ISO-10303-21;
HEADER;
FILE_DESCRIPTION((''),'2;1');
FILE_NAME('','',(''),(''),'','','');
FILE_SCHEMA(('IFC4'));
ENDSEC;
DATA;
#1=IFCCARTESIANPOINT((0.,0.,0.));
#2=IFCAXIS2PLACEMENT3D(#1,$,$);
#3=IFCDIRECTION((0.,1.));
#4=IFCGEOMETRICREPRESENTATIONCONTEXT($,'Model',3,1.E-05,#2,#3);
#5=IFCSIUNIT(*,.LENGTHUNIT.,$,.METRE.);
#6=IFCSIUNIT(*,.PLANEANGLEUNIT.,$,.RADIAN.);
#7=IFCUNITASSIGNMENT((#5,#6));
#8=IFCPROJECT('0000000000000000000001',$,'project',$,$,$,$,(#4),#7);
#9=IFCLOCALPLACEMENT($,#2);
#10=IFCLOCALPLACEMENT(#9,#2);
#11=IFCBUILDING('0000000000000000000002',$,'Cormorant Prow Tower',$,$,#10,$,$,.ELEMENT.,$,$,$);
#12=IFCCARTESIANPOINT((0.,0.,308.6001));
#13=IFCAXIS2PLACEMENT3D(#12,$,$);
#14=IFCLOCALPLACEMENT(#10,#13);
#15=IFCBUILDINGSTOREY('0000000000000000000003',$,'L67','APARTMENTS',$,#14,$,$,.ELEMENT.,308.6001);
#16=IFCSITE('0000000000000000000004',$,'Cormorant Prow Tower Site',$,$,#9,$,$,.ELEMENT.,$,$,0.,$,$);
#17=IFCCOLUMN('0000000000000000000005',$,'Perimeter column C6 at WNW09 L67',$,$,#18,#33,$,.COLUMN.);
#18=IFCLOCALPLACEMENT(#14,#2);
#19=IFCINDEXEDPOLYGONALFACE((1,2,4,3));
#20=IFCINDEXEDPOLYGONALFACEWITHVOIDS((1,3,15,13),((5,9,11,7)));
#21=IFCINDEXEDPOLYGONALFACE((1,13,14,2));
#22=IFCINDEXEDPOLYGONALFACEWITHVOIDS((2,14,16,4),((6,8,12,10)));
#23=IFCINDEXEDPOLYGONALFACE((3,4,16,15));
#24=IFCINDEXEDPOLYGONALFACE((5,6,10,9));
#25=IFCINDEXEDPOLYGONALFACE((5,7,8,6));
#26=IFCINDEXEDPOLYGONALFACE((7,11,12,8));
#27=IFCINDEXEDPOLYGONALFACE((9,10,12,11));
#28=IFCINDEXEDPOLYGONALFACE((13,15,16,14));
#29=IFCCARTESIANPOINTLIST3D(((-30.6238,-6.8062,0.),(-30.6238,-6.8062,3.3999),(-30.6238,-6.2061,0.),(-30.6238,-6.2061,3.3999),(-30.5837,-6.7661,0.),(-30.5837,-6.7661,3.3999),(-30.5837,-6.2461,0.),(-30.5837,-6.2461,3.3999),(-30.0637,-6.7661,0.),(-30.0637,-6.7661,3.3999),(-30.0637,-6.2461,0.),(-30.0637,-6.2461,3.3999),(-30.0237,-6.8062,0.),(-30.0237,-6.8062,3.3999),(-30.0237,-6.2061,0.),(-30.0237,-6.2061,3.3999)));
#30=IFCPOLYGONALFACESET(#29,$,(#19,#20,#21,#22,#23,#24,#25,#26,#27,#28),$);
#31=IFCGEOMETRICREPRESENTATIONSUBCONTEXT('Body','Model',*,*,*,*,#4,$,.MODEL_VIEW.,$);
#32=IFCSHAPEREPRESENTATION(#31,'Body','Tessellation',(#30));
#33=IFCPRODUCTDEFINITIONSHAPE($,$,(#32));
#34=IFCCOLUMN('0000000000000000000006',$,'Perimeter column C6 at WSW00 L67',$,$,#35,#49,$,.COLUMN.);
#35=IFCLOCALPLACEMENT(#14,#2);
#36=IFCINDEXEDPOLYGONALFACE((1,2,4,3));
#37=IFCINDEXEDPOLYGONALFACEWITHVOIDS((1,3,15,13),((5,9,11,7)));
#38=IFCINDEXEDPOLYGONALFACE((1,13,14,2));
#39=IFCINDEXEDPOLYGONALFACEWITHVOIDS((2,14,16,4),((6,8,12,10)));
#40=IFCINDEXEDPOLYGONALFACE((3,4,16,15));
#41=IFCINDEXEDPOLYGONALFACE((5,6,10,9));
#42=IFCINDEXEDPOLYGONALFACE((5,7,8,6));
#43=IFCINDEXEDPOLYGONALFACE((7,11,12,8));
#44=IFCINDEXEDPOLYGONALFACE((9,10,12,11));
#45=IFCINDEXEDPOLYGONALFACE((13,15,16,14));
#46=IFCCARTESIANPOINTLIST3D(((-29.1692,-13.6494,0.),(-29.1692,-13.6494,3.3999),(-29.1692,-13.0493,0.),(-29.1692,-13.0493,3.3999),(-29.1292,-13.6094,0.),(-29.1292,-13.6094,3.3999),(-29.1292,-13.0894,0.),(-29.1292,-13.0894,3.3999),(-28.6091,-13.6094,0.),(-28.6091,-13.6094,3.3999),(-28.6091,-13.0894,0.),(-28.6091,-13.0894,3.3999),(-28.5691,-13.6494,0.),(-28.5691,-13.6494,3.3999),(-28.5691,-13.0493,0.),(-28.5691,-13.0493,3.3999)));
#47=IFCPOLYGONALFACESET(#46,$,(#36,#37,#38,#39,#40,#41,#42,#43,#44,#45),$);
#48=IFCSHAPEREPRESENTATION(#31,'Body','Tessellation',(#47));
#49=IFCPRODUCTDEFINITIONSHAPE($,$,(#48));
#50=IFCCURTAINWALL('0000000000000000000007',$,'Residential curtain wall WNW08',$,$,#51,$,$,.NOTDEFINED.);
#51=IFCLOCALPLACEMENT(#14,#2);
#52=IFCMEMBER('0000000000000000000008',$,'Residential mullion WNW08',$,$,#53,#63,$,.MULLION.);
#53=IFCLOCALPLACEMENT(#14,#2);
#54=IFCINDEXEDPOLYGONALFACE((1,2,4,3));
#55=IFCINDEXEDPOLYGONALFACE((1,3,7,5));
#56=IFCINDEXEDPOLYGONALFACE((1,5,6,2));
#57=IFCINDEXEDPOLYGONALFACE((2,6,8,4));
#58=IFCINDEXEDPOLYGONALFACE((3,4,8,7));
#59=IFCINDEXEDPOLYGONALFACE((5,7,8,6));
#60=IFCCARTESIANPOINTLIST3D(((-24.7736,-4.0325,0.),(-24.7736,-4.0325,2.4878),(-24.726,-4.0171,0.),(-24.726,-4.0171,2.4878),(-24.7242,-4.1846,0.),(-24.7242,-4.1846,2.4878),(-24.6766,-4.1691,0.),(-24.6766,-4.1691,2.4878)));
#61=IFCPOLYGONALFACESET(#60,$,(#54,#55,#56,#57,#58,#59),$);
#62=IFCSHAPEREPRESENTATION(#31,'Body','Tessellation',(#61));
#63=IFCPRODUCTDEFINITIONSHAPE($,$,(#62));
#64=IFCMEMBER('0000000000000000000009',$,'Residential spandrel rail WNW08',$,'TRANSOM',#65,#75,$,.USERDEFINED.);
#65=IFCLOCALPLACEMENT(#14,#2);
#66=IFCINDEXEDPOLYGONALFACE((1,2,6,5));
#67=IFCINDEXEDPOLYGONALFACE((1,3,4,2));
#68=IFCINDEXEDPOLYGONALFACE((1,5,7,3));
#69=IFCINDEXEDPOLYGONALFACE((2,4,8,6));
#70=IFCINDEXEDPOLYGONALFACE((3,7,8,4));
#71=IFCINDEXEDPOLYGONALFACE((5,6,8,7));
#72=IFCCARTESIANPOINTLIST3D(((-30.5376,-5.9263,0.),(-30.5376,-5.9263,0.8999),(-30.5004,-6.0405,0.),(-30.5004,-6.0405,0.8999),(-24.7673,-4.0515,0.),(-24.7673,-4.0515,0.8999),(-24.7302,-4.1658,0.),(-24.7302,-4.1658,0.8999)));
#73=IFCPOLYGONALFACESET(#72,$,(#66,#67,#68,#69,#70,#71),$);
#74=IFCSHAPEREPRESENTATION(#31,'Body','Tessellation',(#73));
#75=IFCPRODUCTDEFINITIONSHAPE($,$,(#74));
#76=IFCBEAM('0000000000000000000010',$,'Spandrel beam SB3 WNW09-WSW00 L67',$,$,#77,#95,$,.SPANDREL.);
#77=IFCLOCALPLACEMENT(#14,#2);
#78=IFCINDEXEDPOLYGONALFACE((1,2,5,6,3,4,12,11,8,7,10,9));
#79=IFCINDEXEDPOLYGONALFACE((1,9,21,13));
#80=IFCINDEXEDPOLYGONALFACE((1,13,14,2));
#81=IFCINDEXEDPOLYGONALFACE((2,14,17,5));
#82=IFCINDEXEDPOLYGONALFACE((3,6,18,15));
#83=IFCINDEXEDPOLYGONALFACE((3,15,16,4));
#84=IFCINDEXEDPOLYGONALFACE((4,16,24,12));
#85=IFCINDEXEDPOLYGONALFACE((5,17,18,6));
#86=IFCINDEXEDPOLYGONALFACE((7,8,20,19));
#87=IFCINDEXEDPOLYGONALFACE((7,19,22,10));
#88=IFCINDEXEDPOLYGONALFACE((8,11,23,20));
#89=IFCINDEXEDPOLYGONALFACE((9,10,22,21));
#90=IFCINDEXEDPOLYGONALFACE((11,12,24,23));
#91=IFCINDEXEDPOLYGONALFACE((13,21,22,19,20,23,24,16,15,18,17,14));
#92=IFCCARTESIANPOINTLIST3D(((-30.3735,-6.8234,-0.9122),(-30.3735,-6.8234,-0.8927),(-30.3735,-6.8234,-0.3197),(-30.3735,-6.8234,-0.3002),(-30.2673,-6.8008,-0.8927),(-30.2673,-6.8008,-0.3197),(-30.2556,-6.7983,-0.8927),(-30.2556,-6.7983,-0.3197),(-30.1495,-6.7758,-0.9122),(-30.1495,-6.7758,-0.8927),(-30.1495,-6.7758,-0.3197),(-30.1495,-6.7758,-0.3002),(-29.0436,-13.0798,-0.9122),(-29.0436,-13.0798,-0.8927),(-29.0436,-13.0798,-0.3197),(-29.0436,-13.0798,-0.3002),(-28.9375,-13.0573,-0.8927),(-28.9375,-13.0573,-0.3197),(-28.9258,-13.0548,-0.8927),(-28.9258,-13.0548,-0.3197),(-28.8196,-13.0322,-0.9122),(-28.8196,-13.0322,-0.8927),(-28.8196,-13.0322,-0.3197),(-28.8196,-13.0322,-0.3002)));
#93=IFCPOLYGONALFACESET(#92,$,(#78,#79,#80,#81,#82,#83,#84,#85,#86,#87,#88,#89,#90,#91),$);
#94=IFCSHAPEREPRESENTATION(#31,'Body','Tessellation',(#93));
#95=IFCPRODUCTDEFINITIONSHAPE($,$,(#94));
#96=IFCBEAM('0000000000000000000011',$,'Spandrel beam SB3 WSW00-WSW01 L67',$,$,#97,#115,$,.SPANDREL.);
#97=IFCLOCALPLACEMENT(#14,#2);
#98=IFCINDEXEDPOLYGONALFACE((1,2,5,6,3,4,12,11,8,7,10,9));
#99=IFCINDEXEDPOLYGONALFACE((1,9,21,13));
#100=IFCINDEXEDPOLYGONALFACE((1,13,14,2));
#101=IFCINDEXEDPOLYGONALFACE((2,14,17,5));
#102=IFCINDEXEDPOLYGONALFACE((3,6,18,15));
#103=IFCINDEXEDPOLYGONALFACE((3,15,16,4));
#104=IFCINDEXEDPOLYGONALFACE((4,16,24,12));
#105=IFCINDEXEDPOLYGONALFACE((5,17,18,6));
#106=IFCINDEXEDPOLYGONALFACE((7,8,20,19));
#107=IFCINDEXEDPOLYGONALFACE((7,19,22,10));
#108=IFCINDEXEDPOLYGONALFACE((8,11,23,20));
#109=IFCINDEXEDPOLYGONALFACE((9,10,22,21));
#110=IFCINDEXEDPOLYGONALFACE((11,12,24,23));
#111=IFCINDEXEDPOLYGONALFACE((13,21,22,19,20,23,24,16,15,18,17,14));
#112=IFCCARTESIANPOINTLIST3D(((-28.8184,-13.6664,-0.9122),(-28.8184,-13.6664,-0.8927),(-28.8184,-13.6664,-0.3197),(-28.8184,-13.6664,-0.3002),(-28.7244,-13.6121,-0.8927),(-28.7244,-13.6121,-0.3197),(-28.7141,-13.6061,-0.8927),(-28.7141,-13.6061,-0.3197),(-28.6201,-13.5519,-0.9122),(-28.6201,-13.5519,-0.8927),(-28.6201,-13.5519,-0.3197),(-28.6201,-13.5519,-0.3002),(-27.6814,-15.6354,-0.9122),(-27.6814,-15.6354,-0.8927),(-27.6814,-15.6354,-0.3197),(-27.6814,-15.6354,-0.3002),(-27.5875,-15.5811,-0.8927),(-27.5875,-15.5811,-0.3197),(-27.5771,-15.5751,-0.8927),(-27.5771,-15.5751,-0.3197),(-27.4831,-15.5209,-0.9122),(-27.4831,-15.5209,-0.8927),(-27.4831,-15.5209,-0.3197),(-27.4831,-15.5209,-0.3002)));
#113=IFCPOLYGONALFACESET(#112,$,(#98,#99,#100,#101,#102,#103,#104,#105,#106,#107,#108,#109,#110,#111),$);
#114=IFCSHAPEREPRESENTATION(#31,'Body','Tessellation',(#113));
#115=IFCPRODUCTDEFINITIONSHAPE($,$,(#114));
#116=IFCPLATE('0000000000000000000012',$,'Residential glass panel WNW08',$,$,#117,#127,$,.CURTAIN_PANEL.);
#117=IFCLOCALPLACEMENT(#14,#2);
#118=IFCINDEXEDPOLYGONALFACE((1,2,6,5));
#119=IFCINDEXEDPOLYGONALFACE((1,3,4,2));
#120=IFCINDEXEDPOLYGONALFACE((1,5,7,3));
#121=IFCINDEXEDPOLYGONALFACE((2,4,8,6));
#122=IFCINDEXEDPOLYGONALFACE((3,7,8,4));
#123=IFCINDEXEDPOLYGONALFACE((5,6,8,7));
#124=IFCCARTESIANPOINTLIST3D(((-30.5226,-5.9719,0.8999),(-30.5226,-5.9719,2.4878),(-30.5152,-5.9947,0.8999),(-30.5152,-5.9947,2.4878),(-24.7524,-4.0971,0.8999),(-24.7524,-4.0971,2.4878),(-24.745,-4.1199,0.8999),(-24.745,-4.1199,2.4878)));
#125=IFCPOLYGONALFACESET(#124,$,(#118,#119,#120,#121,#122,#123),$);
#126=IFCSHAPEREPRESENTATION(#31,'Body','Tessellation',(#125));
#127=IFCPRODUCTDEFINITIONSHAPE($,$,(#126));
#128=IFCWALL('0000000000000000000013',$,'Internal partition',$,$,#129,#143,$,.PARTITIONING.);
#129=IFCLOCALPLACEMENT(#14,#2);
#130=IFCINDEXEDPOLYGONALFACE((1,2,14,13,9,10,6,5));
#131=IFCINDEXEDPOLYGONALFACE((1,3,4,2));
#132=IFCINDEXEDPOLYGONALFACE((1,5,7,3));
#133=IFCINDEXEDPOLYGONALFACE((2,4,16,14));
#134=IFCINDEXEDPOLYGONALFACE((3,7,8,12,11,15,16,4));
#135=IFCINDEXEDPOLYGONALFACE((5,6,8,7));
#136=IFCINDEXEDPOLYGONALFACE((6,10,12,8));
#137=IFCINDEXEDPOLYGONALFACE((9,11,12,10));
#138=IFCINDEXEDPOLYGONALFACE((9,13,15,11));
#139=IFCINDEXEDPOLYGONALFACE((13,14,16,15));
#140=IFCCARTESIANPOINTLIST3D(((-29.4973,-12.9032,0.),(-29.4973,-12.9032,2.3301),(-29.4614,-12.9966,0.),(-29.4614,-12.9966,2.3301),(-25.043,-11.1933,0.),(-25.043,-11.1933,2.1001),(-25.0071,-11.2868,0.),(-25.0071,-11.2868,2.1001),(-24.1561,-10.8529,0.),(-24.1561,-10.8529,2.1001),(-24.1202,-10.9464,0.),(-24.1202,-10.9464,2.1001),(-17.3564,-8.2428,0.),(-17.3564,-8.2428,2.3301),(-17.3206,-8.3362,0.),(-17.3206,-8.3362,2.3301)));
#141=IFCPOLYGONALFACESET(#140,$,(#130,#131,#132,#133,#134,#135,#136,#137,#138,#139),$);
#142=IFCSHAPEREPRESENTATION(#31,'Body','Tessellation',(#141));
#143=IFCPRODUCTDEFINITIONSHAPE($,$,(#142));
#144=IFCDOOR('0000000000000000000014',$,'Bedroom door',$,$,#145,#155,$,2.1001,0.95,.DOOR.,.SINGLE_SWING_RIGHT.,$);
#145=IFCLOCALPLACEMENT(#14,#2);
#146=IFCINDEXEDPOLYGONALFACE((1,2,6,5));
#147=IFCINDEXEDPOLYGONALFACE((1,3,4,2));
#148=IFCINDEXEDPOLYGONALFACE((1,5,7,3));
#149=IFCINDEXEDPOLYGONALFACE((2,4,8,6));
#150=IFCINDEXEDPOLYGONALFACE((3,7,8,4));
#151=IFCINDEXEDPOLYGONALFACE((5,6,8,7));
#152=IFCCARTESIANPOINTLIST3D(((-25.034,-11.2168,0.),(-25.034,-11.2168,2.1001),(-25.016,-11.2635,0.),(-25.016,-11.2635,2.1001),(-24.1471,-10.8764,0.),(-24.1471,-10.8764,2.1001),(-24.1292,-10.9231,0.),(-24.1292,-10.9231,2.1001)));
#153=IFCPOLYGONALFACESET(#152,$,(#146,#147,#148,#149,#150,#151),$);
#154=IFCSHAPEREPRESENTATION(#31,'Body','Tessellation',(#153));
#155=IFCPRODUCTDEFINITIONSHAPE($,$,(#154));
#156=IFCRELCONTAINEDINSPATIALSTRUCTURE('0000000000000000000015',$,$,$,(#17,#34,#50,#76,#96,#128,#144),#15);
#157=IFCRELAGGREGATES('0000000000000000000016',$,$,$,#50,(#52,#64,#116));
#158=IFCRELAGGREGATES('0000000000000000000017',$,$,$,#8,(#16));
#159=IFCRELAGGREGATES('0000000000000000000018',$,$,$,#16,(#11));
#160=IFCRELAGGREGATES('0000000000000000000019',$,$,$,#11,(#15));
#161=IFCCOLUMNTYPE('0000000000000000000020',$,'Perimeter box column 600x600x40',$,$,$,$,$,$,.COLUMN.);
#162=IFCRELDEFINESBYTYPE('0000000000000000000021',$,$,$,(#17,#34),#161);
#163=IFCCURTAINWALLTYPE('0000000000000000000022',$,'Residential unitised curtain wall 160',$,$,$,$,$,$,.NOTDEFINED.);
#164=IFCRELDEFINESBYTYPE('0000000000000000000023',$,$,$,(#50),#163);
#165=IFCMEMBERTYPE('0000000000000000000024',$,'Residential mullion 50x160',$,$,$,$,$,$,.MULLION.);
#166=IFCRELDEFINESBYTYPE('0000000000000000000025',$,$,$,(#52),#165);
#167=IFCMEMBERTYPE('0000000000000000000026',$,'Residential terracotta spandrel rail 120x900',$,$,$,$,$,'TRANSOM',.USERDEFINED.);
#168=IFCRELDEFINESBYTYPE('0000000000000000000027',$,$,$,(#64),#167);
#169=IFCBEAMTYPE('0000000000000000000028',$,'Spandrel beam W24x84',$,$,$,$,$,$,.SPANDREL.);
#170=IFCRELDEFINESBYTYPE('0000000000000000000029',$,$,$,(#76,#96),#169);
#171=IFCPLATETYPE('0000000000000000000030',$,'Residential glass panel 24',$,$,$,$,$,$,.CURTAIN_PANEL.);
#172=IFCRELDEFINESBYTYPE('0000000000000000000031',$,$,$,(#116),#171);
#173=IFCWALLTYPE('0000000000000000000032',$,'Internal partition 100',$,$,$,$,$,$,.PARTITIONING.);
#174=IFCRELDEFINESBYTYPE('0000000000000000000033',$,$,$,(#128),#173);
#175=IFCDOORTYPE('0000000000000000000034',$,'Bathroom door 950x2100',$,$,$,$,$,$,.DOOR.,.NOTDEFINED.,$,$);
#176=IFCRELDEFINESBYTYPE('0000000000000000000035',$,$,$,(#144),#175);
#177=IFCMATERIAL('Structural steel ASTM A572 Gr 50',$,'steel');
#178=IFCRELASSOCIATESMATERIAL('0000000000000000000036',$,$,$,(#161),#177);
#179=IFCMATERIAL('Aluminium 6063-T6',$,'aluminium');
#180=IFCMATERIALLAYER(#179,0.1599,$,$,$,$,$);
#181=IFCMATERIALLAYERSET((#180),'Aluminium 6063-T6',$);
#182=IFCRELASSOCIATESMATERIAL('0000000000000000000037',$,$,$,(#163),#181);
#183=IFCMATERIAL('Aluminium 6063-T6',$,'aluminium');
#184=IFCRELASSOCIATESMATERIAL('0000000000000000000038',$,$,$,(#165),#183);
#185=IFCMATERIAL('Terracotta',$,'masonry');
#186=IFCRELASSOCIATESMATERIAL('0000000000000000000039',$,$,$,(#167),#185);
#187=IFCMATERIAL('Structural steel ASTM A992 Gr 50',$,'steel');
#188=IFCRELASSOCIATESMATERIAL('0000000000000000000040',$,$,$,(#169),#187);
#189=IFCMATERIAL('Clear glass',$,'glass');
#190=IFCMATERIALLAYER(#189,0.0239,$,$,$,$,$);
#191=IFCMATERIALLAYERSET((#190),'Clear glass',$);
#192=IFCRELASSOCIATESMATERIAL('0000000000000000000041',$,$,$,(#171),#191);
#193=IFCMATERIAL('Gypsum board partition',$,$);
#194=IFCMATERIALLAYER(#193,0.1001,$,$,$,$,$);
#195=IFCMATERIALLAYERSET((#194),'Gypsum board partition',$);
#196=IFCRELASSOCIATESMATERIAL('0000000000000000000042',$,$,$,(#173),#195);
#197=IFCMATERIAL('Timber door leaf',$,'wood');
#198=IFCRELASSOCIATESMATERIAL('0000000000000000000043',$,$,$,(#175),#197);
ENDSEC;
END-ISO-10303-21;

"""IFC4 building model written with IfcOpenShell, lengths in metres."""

from ifc_helpers import new_model, si_unit, direction, frame, frame_2d, origin, origin_2d, place, context, subcontext, project, spatial, rectangle, hollow_rectangle, i_section, extrude, material, layer, layer_set, material_profile, profile_set, type_object, element, fill, aggregate, save


model = new_model("IFC4")

# Units and contexts
model_context = context("Model", 3, precision=1e-05, world=origin(), true_north=direction((0.0, 1.0)))
body_context = subcontext(model_context, "Body", "Model", "MODEL_VIEW")
ifc_project = project(units=[si_unit("LENGTHUNIT", "METRE"), si_unit("PLANEANGLEUNIT", "RADIAN")], contexts=[model_context])

# Site, building, storey
site_placement = place(None, origin())
site = spatial("IfcSite", under=ifc_project, at=site_placement, Name="Cormorant Prow Tower Site", CompositionType="ELEMENT", RefElevation=0.0)
building_placement = place(site_placement, origin())
building = spatial("IfcBuilding", under=site, at=building_placement, Name="Cormorant Prow Tower", CompositionType="ELEMENT")
storey_placement = place(building_placement, frame((0.0, 0.0, 308.6001)))
storey = spatial("IfcBuildingStorey", under=building, at=storey_placement, Name="L67", Description="APARTMENTS", CompositionType="ELEMENT", Elevation=308.6001)

# Columns
ifc_material_1 = material(Name="Structural steel ASTM A572 Gr 50", Category="steel")
ifc_material_profile_1 = material_profile(ifc_material_1, hollow_rectangle(XDim=0.6001, YDim=0.6001, WallThickness=0.04, at=origin_2d()), Name="Box 600x600x40")
ifc_profile_set_1 = profile_set([ifc_material_profile_1], Name="Structural steel ASTM A572 Gr 50")
column_type = type_object("IfcColumnType", Name="Perimeter box column 600x600x40", PredefinedType="COLUMN", material=ifc_profile_set_1)
for number, where, z_axis, x_axis, name in (
    (1, (-30.3237, -6.5061, 0.0), (0.0, 0.0, 1.0), (1.0, 0.0, 0.0), "Perimeter column C6 at WNW09 L67"),
    (2, (-28.8691, -13.3494, 0.0), (0.0, 0.0, 1.0), (1.0, 0.0, 0.0), "Perimeter column C6 at WSW00 L67"),
):
    element("IfcColumn", number, at=place(storey_placement, frame(where, z_axis=z_axis, x_axis=x_axis)), inside=storey, type_object=column_type, Name=name, PredefinedType="COLUMN", context=body_context, shape_type="SweptSolid", body=[
        extrude(hollow_rectangle(XDim=0.6001, YDim=0.6001, WallThickness=0.04, at=origin_2d()), origin(), (0.0, 0.0, 1.0), 3.3999),
    ])

# Curtain wall, members
ifc_material_2 = material(Name="Aluminium 6063-T6", Category="aluminium")
ifc_layer_1 = layer(ifc_material_2, 0.1599)
ifc_layer_set_1 = layer_set([ifc_layer_1], Name="Aluminium 6063-T6")
curtain_wall_type = type_object("IfcCurtainWallType", Name="Residential unitised curtain wall 160", PredefinedType="NOTDEFINED", material=ifc_layer_set_1)
curtain_wall_placement = place(storey_placement, origin())
curtain_wall = element("IfcCurtainWall", 3, at=curtain_wall_placement, inside=storey, type_object=curtain_wall_type, Name="Residential curtain wall WNW08", PredefinedType="NOTDEFINED")
ifc_material_3 = material(Name="Aluminium 6063-T6", Category="aluminium")
ifc_material_profile_2 = material_profile(ifc_material_3, rectangle(XDim=0.1599, YDim=0.05, at=origin_2d()), Name="Residential mullion 50x160")
ifc_profile_set_2 = profile_set([ifc_material_profile_2], Name="Aluminium 6063-T6")
member_type_1 = type_object("IfcMemberType", Name="Residential mullion 50x160", PredefinedType="MULLION", material=ifc_profile_set_2)
member_1_placement = place(storey_placement, frame((-24.7251, -4.1008, 0.0), z_axis=(0.0, 0.0, 1.0), x_axis=(0.309017, -0.951057, 0.0)))
member_1 = element("IfcMember", 4, at=member_1_placement, type_object=member_type_1, Name="Residential mullion WNW08", PredefinedType="MULLION", context=body_context, shape_type="SweptSolid", body=[
    extrude(rectangle(XDim=0.1599, YDim=0.05, at=origin_2d()), origin(), (0.0, 0.0, 1.0), 2.4878),
])
ifc_material_4 = material(Name="Terracotta", Category="masonry")
ifc_material_profile_3 = material_profile(ifc_material_4, rectangle(XDim=0.1201, YDim=0.8999, at=origin_2d()), Name="Residential terracotta spandrel rail 120x900")
ifc_profile_set_3 = profile_set([ifc_material_profile_3], Name="Terracotta")
member_type_2 = type_object("IfcMemberType", Name="Residential terracotta spandrel rail 120x900", ElementType="TRANSOM", PredefinedType="USERDEFINED", material=ifc_profile_set_3)
member_2_placement = place(storey_placement, frame((-24.7488, -4.1086, 0.45), z_axis=(-0.951062, -0.309, 0.0), x_axis=(0.309, -0.951062, 0.0)))
member_2 = element("IfcMember", 5, at=member_2_placement, type_object=member_type_2, Name="Residential spandrel rail WNW08", ObjectType="TRANSOM", PredefinedType="USERDEFINED", context=body_context, shape_type="SweptSolid", body=[
    extrude(rectangle(XDim=0.1201, YDim=0.8999, at=origin_2d()), origin(), (0.0, 0.0, 1.0), 6.0671),
])

# Beams
ifc_material_5 = material(Name="Structural steel ASTM A992 Gr 50", Category="steel")
ifc_material_profile_4 = material_profile(ifc_material_5, i_section(OverallWidth=0.229, OverallDepth=0.6121, WebThickness=0.012, FlangeThickness=0.0195, at=origin_2d()), Name="W24x84")
ifc_profile_set_4 = profile_set([ifc_material_profile_4], Name="Structural steel ASTM A992 Gr 50")
beam_type = type_object("IfcBeamType", Name="Spandrel beam W24x84", PredefinedType="SPANDREL", material=ifc_profile_set_4)
beam_1_placement = place(storey_placement, frame((-30.2615, -6.7996, -0.6062), z_axis=(0.207913, -0.978147, 0.0), x_axis=(0.978147, 0.207913, 0.0)))
element("IfcBeam", 6, at=beam_1_placement, inside=storey, type_object=beam_type, Name="Spandrel beam SB3 WNW09-WSW00 L67", PredefinedType="SPANDREL", context=body_context, shape_type="SweptSolid", body=[
    extrude(i_section(OverallWidth=0.229, OverallDepth=0.6121, WebThickness=0.012, FlangeThickness=0.0195, at=origin_2d()), origin(), (0.0, 0.0, 1.0), 6.3962),
])
beam_2_placement = place(storey_placement, frame((-28.7192, -13.6091, -0.6062), z_axis=(0.500054, -0.865994, 0.0), x_axis=(0.865994, 0.500054, 0.0)))
element("IfcBeam", 7, at=beam_2_placement, inside=storey, type_object=beam_type, Name="Spandrel beam SB3 WSW00-WSW01 L67", PredefinedType="SPANDREL", context=body_context, shape_type="SweptSolid", body=[
    extrude(i_section(OverallWidth=0.229, OverallDepth=0.6121, WebThickness=0.012, FlangeThickness=0.0195, at=origin_2d()), origin(), (0.0, 0.0, 1.0), 2.2737),
])

# Plate
ifc_material_6 = material(Name="Clear glass", Category="glass")
ifc_layer_2 = layer(ifc_material_6, 0.0239)
ifc_layer_set_2 = layer_set([ifc_layer_2], Name="Clear glass")
plate_type = type_object("IfcPlateType", Name="Residential glass panel 24", PredefinedType="CURTAIN_PANEL", material=ifc_layer_set_2)
plate_placement = place(storey_placement, frame((-27.6338, -5.0459, 0.8999), z_axis=(0.0, 0.0, 1.0), x_axis=(-0.951057, -0.309017, 0.0)))
plate = element("IfcPlate", 8, at=plate_placement, type_object=plate_type, Name="Residential glass panel WNW08", PredefinedType="CURTAIN_PANEL", context=body_context, shape_type="SweptSolid", body=[
    extrude(rectangle(XDim=6.0671, YDim=0.0239, at=origin_2d()), origin(), (0.0, 0.0, 1.0), 1.5879),
])
aggregate(curtain_wall, [member_1, member_2, plate])

# Wall, opening, door
ifc_material_7 = material(Name="Gypsum board partition")
ifc_layer_3 = layer(ifc_material_7, 0.1001)
ifc_layer_set_3 = layer_set([ifc_layer_3], Name="Gypsum board partition")
wall_type_1 = type_object("IfcWallType", Name="Internal partition 100", PredefinedType="PARTITIONING", material=ifc_layer_set_3)
wall_1_placement = place(storey_placement, frame((-29.4795, -12.95, 0.0), z_axis=(0.0, 0.0, 1.0), x_axis=(0.933582, 0.358365, 0.0)))
wall_1 = element("IfcWall", 9, at=wall_1_placement, inside=storey, type_object=wall_type_1, Name="Internal partition", PredefinedType="PARTITIONING", context=body_context, shape_type="SweptSolid", body=[
    extrude(rectangle(XDim=13.0046, YDim=0.1001, at=frame_2d((6.5024, 0.0))), origin(), (0.0, 0.0, 1.0), 2.3301),
])
opening_1_placement = place(wall_1_placement, frame((4.7712, 0.0, 0.0)))
opening_1 = element("IfcOpeningElement", 10, at=opening_1_placement, cuts=wall_1, PredefinedType="OPENING", context=body_context, shape_type="SweptSolid", body=[
    extrude(rectangle(XDim=0.95, YDim=2.1001, at=frame_2d((0.4751, 1.05))), frame((0.0, 0.0601, 0.0), z_axis=(0.0, -1.0, 0.0), x_axis=(1.0, 0.0, 0.0)), (0.0, 0.0, 1.0), 0.1201),
])
ifc_material_8 = material(Name="Timber door leaf", Category="wood")
door_type_1 = type_object("IfcDoorType", Name="Bathroom door 950x2100", OperationType="NOTDEFINED", PredefinedType="DOOR", material=ifc_material_8)
door_1_placement = place(opening_1_placement, origin())
door_1 = element("IfcDoor", 11, at=door_1_placement, inside=storey, type_object=door_type_1, Name="Bedroom door", OperationType="SINGLE_SWING_RIGHT", OverallHeight=2.1001, OverallWidth=0.95, PredefinedType="DOOR", context=body_context, shape_type="SweptSolid", body=[
    extrude(rectangle(XDim=0.95, YDim=2.1001, at=frame_2d((0.4751, 1.05))), frame((0.0, 0.0249, 0.0), z_axis=(0.0, -1.0, 0.0), x_axis=(1.0, 0.0, 0.0)), (0.0, 0.0, 1.0), 0.05),
])
fill(opening_1, door_1)

save(model, "model.ifc")
